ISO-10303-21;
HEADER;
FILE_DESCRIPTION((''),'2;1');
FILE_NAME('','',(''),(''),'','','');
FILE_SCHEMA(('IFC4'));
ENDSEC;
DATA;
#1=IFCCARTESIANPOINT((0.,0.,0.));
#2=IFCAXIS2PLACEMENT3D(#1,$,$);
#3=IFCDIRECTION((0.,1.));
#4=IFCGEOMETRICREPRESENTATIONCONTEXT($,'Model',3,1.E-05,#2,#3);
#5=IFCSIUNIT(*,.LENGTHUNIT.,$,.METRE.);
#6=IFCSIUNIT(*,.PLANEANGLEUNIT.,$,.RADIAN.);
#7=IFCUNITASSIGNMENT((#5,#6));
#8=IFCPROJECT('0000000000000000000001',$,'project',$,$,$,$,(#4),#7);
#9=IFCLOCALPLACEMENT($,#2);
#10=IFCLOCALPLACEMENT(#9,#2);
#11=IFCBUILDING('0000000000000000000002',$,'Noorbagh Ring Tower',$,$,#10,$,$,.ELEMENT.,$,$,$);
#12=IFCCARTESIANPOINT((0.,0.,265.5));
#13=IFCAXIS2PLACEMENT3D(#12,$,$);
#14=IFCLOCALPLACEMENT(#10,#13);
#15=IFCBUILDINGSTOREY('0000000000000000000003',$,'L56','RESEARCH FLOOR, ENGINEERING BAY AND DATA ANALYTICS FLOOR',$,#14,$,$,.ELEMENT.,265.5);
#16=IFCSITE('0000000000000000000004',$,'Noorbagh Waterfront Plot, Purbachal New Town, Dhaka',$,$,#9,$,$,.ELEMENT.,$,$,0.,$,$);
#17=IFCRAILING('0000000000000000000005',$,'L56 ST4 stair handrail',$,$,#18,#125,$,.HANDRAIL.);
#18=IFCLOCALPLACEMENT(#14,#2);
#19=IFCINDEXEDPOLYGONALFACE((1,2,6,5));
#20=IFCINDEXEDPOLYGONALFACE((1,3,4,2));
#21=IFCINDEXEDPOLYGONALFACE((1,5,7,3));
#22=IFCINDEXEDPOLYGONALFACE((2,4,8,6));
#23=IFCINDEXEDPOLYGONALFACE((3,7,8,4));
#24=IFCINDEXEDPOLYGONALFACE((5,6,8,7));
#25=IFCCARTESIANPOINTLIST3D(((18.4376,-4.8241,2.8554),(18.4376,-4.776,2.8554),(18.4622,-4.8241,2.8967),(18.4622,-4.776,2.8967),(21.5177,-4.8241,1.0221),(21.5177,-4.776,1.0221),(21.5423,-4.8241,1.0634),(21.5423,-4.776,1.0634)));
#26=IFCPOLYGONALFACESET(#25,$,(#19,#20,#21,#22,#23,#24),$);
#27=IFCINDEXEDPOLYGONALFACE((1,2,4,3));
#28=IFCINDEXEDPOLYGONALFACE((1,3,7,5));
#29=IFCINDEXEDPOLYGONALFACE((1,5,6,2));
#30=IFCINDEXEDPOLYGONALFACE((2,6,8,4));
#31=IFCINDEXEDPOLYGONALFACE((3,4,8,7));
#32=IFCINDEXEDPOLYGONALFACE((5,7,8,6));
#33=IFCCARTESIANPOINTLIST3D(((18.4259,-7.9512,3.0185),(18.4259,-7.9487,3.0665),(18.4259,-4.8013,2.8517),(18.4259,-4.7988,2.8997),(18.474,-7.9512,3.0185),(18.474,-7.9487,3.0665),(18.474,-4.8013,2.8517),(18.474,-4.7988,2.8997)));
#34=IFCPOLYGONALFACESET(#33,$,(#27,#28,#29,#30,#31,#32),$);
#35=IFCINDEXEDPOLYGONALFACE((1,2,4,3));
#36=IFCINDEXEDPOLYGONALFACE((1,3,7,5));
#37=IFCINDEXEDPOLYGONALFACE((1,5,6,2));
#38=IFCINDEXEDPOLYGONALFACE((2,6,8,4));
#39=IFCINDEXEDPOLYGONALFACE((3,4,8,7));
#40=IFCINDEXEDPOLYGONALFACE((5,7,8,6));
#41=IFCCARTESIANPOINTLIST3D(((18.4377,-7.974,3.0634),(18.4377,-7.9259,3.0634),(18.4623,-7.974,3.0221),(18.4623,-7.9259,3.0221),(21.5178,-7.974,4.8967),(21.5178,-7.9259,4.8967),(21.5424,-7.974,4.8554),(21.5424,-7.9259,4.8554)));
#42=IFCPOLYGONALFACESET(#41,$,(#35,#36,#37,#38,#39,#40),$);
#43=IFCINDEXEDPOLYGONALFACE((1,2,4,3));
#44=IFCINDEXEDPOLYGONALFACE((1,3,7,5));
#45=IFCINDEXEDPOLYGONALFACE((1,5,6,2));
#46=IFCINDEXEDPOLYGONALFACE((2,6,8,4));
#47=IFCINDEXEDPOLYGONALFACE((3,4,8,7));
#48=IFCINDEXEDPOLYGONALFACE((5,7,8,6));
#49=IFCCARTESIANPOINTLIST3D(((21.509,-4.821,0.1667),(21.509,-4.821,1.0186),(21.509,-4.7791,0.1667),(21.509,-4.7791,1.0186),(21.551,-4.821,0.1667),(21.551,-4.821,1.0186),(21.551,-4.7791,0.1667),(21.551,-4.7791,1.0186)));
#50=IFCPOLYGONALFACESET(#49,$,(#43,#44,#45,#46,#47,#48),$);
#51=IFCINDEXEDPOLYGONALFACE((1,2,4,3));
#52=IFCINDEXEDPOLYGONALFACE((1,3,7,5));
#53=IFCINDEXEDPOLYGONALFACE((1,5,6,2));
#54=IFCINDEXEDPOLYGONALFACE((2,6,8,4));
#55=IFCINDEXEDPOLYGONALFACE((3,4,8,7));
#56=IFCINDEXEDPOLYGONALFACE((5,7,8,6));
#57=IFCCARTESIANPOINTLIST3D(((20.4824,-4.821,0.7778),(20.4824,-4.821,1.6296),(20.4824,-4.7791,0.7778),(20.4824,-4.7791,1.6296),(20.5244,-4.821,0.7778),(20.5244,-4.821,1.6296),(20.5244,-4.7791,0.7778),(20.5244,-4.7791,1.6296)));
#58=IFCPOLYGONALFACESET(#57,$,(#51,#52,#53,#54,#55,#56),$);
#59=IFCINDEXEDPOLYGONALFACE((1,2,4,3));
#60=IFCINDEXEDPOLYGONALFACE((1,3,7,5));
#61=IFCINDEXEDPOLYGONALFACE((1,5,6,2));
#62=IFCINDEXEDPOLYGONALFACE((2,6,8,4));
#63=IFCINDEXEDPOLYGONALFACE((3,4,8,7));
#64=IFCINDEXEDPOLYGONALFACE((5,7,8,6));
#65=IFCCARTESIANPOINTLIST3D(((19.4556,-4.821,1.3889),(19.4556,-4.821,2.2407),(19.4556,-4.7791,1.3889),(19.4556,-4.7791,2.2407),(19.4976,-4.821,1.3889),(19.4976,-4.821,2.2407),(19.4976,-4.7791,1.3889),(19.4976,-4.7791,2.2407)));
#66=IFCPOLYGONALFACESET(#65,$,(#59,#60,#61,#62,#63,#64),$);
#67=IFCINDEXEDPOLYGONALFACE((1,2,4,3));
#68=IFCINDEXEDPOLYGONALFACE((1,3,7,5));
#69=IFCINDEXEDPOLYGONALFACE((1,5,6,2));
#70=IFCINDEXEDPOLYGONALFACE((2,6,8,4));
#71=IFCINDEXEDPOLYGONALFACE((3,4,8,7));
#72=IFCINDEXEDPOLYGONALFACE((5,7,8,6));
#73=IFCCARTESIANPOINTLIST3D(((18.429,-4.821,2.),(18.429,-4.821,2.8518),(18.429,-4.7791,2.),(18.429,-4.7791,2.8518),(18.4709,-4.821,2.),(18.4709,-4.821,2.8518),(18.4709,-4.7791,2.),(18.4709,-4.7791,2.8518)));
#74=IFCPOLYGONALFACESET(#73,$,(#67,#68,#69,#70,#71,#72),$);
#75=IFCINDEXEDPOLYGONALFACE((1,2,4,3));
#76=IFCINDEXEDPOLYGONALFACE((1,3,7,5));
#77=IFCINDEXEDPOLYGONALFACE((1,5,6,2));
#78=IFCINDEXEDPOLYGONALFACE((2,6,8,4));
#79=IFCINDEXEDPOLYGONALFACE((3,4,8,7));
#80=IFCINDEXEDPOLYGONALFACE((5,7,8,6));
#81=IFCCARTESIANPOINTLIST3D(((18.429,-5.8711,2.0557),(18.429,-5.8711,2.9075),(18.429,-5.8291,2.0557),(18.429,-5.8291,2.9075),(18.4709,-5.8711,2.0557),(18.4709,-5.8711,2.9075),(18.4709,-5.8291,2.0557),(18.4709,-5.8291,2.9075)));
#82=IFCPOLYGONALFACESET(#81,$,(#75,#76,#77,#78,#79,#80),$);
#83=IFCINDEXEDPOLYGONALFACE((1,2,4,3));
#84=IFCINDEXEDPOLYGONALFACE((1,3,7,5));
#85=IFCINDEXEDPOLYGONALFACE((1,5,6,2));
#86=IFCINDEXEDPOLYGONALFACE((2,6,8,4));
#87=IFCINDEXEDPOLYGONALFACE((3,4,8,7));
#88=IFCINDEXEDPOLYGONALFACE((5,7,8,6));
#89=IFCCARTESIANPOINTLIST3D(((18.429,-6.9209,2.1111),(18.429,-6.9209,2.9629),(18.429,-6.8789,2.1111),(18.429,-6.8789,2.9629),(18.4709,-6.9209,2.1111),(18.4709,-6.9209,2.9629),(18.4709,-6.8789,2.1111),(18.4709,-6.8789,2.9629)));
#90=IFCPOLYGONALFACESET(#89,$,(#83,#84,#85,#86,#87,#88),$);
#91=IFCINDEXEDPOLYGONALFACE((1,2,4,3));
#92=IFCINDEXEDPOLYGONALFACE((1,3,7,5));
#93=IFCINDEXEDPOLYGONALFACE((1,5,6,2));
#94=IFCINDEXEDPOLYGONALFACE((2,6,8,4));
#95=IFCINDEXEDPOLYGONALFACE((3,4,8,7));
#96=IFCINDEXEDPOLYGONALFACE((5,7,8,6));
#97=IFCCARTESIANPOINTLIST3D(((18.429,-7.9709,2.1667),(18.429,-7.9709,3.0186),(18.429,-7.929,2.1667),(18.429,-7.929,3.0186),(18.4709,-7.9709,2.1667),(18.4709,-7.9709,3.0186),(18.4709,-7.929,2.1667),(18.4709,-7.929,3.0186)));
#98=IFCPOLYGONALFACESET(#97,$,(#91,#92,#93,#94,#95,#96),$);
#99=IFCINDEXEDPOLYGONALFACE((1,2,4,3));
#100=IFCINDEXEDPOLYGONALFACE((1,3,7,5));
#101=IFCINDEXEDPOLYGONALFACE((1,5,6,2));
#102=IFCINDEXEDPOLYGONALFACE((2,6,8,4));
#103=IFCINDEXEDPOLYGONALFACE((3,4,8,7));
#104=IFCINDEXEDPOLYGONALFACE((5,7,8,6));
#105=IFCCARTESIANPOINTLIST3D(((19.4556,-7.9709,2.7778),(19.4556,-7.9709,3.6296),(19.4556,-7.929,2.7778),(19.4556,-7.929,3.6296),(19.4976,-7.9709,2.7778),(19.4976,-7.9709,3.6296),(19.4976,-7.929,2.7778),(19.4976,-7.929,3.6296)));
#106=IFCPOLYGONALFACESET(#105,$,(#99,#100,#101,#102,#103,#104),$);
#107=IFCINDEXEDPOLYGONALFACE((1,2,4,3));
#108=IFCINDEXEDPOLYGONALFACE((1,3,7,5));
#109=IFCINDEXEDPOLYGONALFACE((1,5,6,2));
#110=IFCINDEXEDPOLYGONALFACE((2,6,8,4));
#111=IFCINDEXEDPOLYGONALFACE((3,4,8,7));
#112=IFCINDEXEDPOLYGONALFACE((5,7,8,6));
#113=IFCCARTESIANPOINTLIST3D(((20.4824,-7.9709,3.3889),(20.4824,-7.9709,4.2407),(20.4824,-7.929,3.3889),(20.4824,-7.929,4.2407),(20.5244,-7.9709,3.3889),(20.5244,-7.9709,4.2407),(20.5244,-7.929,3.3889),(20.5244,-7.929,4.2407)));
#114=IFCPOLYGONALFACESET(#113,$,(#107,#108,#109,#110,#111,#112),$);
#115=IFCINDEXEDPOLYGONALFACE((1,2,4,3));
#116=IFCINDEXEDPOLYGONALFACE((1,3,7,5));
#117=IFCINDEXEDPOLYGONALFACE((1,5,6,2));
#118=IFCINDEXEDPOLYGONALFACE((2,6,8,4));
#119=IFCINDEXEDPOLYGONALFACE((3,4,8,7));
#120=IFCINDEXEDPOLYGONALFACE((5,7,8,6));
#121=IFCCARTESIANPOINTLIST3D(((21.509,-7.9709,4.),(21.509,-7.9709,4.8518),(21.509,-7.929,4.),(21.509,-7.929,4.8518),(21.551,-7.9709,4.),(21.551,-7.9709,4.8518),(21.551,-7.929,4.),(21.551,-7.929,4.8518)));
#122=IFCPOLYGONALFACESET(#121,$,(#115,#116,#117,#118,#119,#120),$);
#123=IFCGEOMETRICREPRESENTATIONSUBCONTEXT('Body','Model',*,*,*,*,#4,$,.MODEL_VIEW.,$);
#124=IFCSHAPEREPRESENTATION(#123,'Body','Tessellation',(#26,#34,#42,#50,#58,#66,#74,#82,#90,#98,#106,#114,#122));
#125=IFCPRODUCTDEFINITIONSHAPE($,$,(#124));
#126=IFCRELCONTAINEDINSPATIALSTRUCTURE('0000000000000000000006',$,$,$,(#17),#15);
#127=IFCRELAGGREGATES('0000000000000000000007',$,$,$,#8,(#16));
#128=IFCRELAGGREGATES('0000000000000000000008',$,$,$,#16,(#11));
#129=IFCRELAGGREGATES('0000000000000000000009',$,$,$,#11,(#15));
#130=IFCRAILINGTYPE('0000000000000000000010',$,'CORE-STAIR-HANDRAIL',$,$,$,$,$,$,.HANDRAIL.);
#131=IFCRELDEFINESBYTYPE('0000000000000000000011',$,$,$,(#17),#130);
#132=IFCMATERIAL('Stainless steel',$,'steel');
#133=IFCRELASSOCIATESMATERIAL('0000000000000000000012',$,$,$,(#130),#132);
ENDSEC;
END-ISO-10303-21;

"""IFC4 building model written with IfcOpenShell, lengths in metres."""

from ifc_helpers import new_model, si_unit, direction, frame, origin, origin_2d, place, context, subcontext, project, spatial, rectangle, extrude, material, type_object, element, save


model = new_model("IFC4")

# Units and contexts
model_context = context("Model", 3, precision=1e-05, world=origin(), true_north=direction((0.0, 1.0)))
body_context = subcontext(model_context, "Body", "Model", "MODEL_VIEW")
ifc_project = project(units=[si_unit("LENGTHUNIT", "METRE"), si_unit("PLANEANGLEUNIT", "RADIAN")], contexts=[model_context])

# Site, building, storey
site_placement = place(None, origin())
site = spatial("IfcSite", under=ifc_project, at=site_placement, Name="Noorbagh Waterfront Plot, Purbachal New Town, Dhaka", CompositionType="ELEMENT", RefElevation=0.0)
building_placement = place(site_placement, origin())
building = spatial("IfcBuilding", under=site, at=building_placement, Name="Noorbagh Ring Tower", CompositionType="ELEMENT")
storey_placement = place(building_placement, frame((0.0, 0.0, 265.5)))
storey = spatial("IfcBuildingStorey", under=building, at=storey_placement, Name="L56", Description="RESEARCH FLOOR, ENGINEERING BAY AND DATA ANALYTICS FLOOR", CompositionType="ELEMENT", Elevation=265.5)

# Railing
ifc_material_1 = material(Name="Stainless steel", Category="steel")
railing_type_1 = type_object("IfcRailingType", Name="CORE-STAIR-HANDRAIL", PredefinedType="HANDRAIL", material=ifc_material_1)
railing_1_placement = place(storey_placement, frame((21.53, -4.8, 0.1667)))
element("IfcRailing", 1, at=railing_1_placement, inside=storey, type_object=railing_type_1, Name="L56 ST4 stair handrail", PredefinedType="HANDRAIL", context=body_context, shape_type="SweptSolid", body=[
    extrude(rectangle(XDim=0.0481, YDim=0.0481, at=origin_2d()), frame((0.0, 0.0, 0.876), z_axis=(-0.859309, 0.0, 0.511458), x_axis=(0.0, -1.0, 0.0)), (0.0, 0.0, 1.0), 3.5845),
    extrude(rectangle(XDim=0.0481, YDim=0.0481, at=origin_2d()), frame((-3.0801, 0.0, 2.709), z_axis=(0.0, -0.998602, 0.052864), x_axis=(1.0, 0.0, 0.0)), (0.0, 0.0, 1.0), 3.1543),
    extrude(rectangle(XDim=0.0481, YDim=0.0481, at=origin_2d()), frame((-3.0801, -3.1499, 2.876), z_axis=(0.859309, 0.0, 0.511458), x_axis=(0.0, 1.0, 0.0)), (0.0, 0.0, 1.0), 3.5845),
    extrude(rectangle(XDim=0.042, YDim=0.042, at=origin_2d()), origin(), (0.0, 0.0, 1.0), 0.8518),
    extrude(rectangle(XDim=0.042, YDim=0.042, at=origin_2d()), frame((-1.0266, 0.0, 0.6111)), (0.0, 0.0, 1.0), 0.8518),
    extrude(rectangle(XDim=0.042, YDim=0.042, at=origin_2d()), frame((-2.0535, 0.0, 1.2222)), (0.0, 0.0, 1.0), 0.8518),
    extrude(rectangle(XDim=0.042, YDim=0.042, at=origin_2d()), frame((-3.0801, 0.0, 1.8333)), (0.0, 0.0, 1.0), 0.8518),
    extrude(rectangle(XDim=0.042, YDim=0.042, at=origin_2d()), frame((-3.0801, -1.05, 1.8889)), (0.0, 0.0, 1.0), 0.8518),
    extrude(rectangle(XDim=0.042, YDim=0.042, at=origin_2d()), frame((-3.0801, -2.0999, 1.9443)), (0.0, 0.0, 1.0), 0.8518),
    extrude(rectangle(XDim=0.042, YDim=0.042, at=origin_2d()), frame((-3.0801, -3.1499, 2.0)), (0.0, 0.0, 1.0), 0.8518),
    extrude(rectangle(XDim=0.042, YDim=0.042, at=origin_2d()), frame((-2.0535, -3.1499, 2.6111)), (0.0, 0.0, 1.0), 0.8518),
    extrude(rectangle(XDim=0.042, YDim=0.042, at=origin_2d()), frame((-1.0266, -3.1499, 3.2222)), (0.0, 0.0, 1.0), 0.8518),
    extrude(rectangle(XDim=0.042, YDim=0.042, at=origin_2d()), frame((0.0, -3.1499, 3.8333)), (0.0, 0.0, 1.0), 0.8518),
])

save(model, "model.ifc")
